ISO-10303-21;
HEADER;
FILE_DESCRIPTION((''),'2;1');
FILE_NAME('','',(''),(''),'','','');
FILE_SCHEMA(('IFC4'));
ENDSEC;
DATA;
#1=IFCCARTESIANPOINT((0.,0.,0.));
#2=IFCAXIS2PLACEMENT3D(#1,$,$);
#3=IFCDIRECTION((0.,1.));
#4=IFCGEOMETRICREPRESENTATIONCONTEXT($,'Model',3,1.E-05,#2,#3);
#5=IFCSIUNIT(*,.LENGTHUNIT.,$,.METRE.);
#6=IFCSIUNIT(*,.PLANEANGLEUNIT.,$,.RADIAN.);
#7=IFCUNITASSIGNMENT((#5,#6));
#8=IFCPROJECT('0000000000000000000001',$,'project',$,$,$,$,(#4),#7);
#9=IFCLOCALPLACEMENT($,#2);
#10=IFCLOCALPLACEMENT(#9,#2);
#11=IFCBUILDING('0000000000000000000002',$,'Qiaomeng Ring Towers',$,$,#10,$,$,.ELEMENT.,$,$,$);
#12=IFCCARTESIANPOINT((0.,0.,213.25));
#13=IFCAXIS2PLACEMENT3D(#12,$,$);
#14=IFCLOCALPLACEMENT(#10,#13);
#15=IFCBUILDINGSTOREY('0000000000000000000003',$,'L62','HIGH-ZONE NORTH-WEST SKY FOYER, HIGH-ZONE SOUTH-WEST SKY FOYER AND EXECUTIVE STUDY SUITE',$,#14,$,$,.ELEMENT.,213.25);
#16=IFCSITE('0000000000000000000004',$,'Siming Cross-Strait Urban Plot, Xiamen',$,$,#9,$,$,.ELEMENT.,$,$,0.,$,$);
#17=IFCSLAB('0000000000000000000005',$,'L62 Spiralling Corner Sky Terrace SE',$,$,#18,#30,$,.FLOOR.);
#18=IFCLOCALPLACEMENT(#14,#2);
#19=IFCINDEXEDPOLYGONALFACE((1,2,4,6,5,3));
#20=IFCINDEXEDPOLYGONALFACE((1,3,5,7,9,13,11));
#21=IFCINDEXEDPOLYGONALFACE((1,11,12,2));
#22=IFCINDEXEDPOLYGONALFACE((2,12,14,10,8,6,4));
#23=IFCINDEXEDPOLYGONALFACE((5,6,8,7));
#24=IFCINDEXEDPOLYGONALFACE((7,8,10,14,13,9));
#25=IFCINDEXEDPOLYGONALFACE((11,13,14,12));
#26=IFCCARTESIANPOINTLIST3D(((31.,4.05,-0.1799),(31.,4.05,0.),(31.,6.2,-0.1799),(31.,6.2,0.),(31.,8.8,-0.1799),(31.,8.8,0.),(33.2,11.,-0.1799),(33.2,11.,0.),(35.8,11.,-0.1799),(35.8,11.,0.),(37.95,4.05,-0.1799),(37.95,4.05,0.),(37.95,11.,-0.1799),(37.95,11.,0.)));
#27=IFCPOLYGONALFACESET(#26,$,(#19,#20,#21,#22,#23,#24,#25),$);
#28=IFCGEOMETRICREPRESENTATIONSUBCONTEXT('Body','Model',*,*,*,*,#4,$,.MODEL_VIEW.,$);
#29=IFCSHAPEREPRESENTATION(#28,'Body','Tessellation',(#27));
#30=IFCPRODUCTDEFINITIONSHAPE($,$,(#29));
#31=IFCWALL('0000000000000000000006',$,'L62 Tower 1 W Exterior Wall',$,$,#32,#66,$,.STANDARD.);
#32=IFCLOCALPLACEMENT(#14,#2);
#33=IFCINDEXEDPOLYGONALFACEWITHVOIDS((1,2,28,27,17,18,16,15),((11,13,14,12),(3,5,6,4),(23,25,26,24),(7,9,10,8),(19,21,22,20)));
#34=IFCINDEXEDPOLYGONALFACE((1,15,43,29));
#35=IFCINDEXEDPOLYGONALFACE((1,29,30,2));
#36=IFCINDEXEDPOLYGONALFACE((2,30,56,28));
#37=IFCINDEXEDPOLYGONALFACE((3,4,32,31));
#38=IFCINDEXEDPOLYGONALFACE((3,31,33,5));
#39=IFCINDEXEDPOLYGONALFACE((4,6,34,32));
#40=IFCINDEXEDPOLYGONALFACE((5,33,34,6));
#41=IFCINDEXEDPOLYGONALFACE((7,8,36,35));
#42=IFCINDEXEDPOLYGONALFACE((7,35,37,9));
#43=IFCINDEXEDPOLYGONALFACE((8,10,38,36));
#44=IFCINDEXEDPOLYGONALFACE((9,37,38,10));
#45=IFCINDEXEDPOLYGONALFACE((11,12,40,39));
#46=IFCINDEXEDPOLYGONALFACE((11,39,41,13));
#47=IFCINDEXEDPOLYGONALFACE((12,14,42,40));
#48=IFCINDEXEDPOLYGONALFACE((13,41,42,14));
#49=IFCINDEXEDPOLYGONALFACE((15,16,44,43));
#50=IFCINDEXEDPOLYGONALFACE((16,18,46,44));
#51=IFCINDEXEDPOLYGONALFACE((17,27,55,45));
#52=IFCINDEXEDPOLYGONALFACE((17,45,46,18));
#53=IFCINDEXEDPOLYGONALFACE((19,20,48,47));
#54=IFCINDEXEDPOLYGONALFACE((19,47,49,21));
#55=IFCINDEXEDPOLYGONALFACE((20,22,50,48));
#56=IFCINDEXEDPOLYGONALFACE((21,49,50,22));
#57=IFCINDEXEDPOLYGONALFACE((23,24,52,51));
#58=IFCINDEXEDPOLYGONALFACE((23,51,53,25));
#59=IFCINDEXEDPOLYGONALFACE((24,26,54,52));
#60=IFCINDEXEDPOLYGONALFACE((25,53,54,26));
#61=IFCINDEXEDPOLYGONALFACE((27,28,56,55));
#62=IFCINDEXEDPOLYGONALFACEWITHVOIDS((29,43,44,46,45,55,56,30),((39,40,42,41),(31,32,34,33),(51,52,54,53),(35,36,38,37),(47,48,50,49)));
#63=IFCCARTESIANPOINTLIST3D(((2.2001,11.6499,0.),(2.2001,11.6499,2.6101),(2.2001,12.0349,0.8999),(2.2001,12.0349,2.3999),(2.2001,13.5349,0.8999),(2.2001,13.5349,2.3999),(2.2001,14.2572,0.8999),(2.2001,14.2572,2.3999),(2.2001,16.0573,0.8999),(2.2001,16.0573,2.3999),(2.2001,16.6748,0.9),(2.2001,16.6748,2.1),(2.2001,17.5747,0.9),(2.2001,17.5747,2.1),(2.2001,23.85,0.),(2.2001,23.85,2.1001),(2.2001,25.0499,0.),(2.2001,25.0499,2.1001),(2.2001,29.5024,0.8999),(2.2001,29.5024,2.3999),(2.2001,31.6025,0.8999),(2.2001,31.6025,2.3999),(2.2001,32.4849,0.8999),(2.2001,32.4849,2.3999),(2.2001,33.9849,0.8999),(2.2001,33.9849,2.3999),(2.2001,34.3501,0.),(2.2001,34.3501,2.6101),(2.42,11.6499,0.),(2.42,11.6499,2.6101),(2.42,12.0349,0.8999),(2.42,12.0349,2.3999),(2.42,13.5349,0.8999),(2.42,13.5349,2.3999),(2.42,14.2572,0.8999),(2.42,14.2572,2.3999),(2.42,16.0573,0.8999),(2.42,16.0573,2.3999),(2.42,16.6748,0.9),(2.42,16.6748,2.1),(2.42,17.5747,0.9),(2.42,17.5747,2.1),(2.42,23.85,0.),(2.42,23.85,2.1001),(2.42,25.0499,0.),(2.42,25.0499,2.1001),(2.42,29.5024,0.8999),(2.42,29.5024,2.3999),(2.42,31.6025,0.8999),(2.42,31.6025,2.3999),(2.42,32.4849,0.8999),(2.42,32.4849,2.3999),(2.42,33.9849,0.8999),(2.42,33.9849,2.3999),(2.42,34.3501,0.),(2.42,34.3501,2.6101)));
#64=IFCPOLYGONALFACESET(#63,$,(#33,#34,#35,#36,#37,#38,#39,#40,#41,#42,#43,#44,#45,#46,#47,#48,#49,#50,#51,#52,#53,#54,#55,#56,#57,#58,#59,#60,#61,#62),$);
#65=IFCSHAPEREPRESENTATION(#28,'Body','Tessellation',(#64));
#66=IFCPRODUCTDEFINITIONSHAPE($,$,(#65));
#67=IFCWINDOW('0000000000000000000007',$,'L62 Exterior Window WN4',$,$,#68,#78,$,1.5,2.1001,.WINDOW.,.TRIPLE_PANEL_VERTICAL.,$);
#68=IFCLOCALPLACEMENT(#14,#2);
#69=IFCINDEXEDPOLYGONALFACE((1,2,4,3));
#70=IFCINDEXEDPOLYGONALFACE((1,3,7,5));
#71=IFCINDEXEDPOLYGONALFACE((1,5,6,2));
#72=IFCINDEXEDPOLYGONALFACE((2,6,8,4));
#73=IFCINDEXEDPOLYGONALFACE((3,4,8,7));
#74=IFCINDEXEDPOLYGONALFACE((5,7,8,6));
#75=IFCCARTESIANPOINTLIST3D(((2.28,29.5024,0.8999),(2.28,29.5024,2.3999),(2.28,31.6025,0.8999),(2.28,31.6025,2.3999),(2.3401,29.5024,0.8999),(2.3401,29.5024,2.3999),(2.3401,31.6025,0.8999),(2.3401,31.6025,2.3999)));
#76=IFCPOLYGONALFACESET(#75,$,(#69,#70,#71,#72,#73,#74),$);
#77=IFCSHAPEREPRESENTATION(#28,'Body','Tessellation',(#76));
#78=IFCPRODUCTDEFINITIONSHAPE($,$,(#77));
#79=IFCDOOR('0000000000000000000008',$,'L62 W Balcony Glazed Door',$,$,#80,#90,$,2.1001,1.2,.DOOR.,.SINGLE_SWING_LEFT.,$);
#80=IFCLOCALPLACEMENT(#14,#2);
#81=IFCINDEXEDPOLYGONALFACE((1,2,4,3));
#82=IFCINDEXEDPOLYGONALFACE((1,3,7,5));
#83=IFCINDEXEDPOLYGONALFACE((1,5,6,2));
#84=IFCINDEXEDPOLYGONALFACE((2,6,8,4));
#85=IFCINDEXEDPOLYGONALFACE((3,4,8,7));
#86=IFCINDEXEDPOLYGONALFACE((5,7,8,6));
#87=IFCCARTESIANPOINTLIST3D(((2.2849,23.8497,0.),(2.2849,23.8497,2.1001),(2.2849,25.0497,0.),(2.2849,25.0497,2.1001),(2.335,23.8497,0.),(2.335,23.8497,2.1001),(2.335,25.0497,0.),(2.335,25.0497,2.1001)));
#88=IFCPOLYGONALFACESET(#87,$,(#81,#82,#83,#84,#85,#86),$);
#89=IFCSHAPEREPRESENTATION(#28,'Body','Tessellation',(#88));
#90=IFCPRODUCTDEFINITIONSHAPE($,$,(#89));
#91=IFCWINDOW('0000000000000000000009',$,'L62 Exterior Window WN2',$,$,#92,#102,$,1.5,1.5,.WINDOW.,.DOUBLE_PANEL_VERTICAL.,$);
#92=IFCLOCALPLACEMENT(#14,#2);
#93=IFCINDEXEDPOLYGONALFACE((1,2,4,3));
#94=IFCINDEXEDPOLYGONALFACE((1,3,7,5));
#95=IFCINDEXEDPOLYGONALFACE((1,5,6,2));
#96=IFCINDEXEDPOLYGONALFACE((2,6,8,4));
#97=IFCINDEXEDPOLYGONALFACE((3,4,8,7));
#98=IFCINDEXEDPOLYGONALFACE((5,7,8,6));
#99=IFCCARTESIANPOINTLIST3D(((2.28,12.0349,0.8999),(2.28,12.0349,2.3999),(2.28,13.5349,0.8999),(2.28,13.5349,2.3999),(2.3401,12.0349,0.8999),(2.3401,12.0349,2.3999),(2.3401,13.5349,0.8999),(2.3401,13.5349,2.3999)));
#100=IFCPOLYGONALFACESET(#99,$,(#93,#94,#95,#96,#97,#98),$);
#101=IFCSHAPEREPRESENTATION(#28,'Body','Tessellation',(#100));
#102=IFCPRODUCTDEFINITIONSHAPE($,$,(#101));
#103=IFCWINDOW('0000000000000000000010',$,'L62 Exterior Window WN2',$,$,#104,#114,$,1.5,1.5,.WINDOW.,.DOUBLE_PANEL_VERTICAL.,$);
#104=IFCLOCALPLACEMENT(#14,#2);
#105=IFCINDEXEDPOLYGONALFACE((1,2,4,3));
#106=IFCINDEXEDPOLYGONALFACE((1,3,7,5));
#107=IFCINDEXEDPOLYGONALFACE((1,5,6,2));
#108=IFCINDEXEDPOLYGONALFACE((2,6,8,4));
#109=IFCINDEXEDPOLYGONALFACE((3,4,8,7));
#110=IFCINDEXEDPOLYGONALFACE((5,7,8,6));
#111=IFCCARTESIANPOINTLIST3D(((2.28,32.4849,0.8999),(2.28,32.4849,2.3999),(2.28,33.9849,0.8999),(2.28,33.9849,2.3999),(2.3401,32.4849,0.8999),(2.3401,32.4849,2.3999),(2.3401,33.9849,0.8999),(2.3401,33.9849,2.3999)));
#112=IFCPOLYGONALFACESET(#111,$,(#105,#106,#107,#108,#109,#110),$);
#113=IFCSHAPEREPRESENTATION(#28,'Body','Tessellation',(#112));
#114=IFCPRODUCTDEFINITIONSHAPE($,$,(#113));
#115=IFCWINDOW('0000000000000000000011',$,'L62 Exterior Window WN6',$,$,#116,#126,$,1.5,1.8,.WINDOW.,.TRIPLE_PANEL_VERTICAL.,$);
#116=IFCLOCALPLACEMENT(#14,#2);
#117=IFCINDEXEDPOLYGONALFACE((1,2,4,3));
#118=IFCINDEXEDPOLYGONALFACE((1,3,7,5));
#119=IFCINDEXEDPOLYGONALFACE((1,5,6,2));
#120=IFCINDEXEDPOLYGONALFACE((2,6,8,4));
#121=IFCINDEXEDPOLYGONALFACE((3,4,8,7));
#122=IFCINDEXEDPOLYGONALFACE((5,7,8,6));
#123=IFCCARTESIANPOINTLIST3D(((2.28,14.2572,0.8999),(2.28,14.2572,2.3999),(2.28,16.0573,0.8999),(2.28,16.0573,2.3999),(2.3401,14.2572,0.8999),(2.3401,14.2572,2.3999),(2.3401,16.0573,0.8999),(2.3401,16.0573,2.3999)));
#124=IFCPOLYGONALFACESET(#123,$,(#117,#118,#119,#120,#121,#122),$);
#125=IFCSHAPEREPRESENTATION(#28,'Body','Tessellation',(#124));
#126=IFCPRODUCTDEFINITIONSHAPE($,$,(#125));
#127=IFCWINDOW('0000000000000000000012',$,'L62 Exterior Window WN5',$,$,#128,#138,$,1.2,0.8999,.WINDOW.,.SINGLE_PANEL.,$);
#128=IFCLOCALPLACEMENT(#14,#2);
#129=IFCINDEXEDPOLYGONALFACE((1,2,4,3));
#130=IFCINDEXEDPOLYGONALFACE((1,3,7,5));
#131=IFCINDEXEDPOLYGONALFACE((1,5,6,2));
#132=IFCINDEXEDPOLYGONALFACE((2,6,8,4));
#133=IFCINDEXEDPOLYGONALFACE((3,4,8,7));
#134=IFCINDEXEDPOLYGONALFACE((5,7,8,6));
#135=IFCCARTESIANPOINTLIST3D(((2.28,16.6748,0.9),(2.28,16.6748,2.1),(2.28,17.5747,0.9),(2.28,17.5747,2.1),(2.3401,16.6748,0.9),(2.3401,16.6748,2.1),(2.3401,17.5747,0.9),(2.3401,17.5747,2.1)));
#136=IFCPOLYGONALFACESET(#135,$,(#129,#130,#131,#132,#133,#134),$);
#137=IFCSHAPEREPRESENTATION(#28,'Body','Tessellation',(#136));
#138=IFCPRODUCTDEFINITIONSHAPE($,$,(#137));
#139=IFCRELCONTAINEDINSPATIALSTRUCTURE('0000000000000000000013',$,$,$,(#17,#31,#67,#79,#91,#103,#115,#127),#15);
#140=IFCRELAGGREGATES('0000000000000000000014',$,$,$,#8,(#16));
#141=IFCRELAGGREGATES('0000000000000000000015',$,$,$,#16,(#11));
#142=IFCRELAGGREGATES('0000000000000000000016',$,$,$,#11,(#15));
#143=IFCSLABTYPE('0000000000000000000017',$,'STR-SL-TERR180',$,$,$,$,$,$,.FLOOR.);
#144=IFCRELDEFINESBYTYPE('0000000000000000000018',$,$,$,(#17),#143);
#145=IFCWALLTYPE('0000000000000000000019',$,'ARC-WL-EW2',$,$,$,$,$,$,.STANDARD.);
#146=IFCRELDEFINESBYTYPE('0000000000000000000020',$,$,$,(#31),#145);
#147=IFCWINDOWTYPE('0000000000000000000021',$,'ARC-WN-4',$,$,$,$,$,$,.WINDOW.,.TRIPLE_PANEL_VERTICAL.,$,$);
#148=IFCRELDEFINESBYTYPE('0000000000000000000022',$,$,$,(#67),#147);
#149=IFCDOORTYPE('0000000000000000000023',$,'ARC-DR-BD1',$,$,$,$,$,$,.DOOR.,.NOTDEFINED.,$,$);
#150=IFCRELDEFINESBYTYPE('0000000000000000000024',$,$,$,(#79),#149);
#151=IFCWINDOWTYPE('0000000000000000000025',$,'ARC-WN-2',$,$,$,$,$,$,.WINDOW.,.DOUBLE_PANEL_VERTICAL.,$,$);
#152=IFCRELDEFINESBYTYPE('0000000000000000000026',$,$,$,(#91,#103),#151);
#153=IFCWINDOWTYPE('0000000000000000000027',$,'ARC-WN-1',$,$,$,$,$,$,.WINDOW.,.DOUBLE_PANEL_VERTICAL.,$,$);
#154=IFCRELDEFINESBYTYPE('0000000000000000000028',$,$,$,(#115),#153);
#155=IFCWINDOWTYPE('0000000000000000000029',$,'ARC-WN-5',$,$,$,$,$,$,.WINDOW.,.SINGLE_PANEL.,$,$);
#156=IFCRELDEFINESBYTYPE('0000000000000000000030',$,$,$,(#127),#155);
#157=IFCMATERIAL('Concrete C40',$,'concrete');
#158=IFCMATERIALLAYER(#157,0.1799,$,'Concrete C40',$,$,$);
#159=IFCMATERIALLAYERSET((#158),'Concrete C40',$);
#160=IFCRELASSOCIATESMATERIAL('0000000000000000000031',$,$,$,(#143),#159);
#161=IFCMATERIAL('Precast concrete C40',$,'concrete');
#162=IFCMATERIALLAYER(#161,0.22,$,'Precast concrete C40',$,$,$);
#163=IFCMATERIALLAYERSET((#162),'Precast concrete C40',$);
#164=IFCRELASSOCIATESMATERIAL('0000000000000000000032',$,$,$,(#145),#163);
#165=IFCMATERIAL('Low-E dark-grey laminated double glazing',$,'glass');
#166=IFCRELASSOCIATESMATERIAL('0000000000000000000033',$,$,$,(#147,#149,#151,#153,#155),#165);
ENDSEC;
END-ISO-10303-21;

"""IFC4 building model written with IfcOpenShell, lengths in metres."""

from ifc_helpers import new_model, si_unit, direction, frame, frame_2d, origin, place, context, subcontext, project, spatial, polyline, rectangle, outline, extrude, source, transform, mapped, material, layer, layer_set, type_object, element, fill, save


model = new_model("IFC4")

# Units and contexts
model_context = context("Model", 3, precision=1e-05, world=origin(), true_north=direction((0.0, 1.0)))
body_context = subcontext(model_context, "Body", "Model", "MODEL_VIEW")
ifc_project = project(units=[si_unit("LENGTHUNIT", "METRE"), si_unit("PLANEANGLEUNIT", "RADIAN")], contexts=[model_context])

# Site, building, storey
site_placement = place(None, origin())
site = spatial("IfcSite", under=ifc_project, at=site_placement, Name="Siming Cross-Strait Urban Plot, Xiamen", CompositionType="ELEMENT", RefElevation=0.0)
building_placement = place(site_placement, origin())
building = spatial("IfcBuilding", under=site, at=building_placement, Name="Qiaomeng Ring Towers", CompositionType="ELEMENT")
storey_placement = place(building_placement, frame((0.0, 0.0, 213.25)))
storey = spatial("IfcBuildingStorey", under=building, at=storey_placement, Name="L62", Description="HIGH-ZONE NORTH-WEST SKY FOYER, HIGH-ZONE SOUTH-WEST SKY FOYER AND EXECUTIVE STUDY SUITE", CompositionType="ELEMENT", Elevation=213.25)

# Shared definitions
ifc_material_1 = material(Name="Concrete C40", Category="concrete")

# Shared definitions
ifc_material_2 = material(Name="Precast concrete C40", Category="concrete")

# Slab
ifc_layer_1 = layer(ifc_material_1, 0.1799, Name="Concrete C40")
ifc_layer_set_1 = layer_set([ifc_layer_1], Name="Concrete C40")
slab_type_1 = type_object("IfcSlabType", Name="STR-SL-TERR180", PredefinedType="FLOOR", material=ifc_layer_set_1)
slab_1_placement = place(storey_placement, frame((0.0, 0.0, -0.1799)))
element("IfcSlab", 1, at=slab_1_placement, inside=storey, type_object=slab_type_1, Name="L62 Spiralling Corner Sky Terrace SE", PredefinedType="FLOOR", context=body_context, shape_type="SweptSolid", body=[
    extrude(outline(polyline([(37.95, 11.0), (37.95, 4.05), (31.0, 4.05), (31.0, 6.2), (31.0, 6.2), (31.0, 8.8), (33.2, 11.0), (35.8, 11.0), (37.95, 11.0)])), origin(), (0.0, 0.0, 1.0), 0.1799),
])

# Wall, openings, windows, door
ifc_layer_2 = layer(ifc_material_2, 0.22, Name="Precast concrete C40")
ifc_layer_set_2 = layer_set([ifc_layer_2], Name="Precast concrete C40")
wall_type_1 = type_object("IfcWallType", Name="ARC-WL-EW2", PredefinedType="STANDARD", material=ifc_layer_set_2)
wall_1_placement = place(storey_placement, frame((2.3101, 11.6499, 0.0), z_axis=(0.0, 0.0, 1.0), x_axis=(0.0, 1.0, 0.0)))
wall_1 = element("IfcWall", 2, at=wall_1_placement, inside=storey, type_object=wall_type_1, Name="L62 Tower 1 W Exterior Wall", PredefinedType="STANDARD", context=body_context, shape_type="SweptSolid", body=[
    extrude(rectangle(XDim=22.7002, YDim=0.22, at=frame_2d((11.3501, 0.0))), origin(), (0.0, 0.0, 1.0), 2.6101),
])
opening_1_placement = place(wall_1_placement, frame((12.2, 0.0, 0.0)))
opening_1 = element("IfcOpeningElement", 3, at=opening_1_placement, cuts=wall_1, PredefinedType="OPENING", context=body_context, shape_type="SweptSolid", body=[
    extrude(rectangle(XDim=1.2, YDim=2.1001, at=frame_2d((0.6001, 1.05))), frame((0.0, 0.1199, 0.0), z_axis=(0.0, -1.0, 0.0), x_axis=(1.0, 0.0, 0.0)), (0.0, 0.0, 1.0), 0.24),
])
opening_2_placement = place(wall_1_placement, frame((2.6074, 0.0, 0.8999)))
opening_2 = element("IfcOpeningElement", 4, at=opening_2_placement, cuts=wall_1, PredefinedType="OPENING", context=body_context, shape_type="SweptSolid", body=[
    extrude(rectangle(XDim=1.8, YDim=1.5, at=frame_2d((0.8999, 0.75))), frame((0.0, 0.1199, 0.0), z_axis=(0.0, -1.0, 0.0), x_axis=(1.0, 0.0, 0.0)), (0.0, 0.0, 1.0), 0.24),
])
opening_3_placement = place(wall_1_placement, frame((17.8525, 0.0, 0.8999)))
opening_3 = element("IfcOpeningElement", 5, at=opening_3_placement, cuts=wall_1, PredefinedType="OPENING", context=body_context, shape_type="SweptSolid", body=[
    extrude(rectangle(XDim=2.1001, YDim=1.5, at=frame_2d((1.05, 0.75))), frame((0.0, 0.1199, 0.0), z_axis=(0.0, -1.0, 0.0), x_axis=(1.0, 0.0, 0.0)), (0.0, 0.0, 1.0), 0.24),
])
opening_4_placement = place(wall_1_placement, frame((0.385, 0.0, 0.8999)))
opening_4 = element("IfcOpeningElement", 6, at=opening_4_placement, cuts=wall_1, PredefinedType="OPENING", context=body_context, shape_type="SweptSolid", body=[
    extrude(rectangle(XDim=1.5, YDim=1.5, at=frame_2d((0.75, 0.75))), frame((0.0, 0.1199, 0.0), z_axis=(0.0, -1.0, 0.0), x_axis=(1.0, 0.0, 0.0)), (0.0, 0.0, 1.0), 0.24),
])
opening_5_placement = place(wall_1_placement, frame((20.835, 0.0, 0.8999)))
opening_5 = element("IfcOpeningElement", 7, at=opening_5_placement, cuts=wall_1, PredefinedType="OPENING", context=body_context, shape_type="SweptSolid", body=[
    extrude(rectangle(XDim=1.5, YDim=1.5, at=frame_2d((0.75, 0.75))), frame((0.0, 0.1199, 0.0), z_axis=(0.0, -1.0, 0.0), x_axis=(1.0, 0.0, 0.0)), (0.0, 0.0, 1.0), 0.24),
])
opening_6_placement = place(wall_1_placement, frame((5.0249, 0.0, 0.8999)))
opening_6 = element("IfcOpeningElement", 8, at=opening_6_placement, cuts=wall_1, PredefinedType="OPENING", context=body_context, shape_type="SweptSolid", body=[
    extrude(rectangle(XDim=0.8999, YDim=1.2, at=frame_2d((0.45, 0.6001))), frame((0.0, 0.1199, 0.0), z_axis=(0.0, -1.0, 0.0), x_axis=(1.0, 0.0, 0.0)), (0.0, 0.0, 1.0), 0.24),
])
ifc_material_3 = material(Name="Low-E dark-grey laminated double glazing", Category="glass")
window_type_1 = type_object("IfcWindowType", Name="ARC-WN-4", PartitioningType="TRIPLE_PANEL_VERTICAL", PredefinedType="WINDOW", material=ifc_material_3)
shared_shape_1 = source(origin(), body_context, "Body", "SweptSolid", [
    extrude(rectangle(XDim=2.1001, YDim=1.5, at=frame_2d((1.05, 0.75))), frame((0.0, 0.03, 0.0), z_axis=(0.0, -1.0, 0.0), x_axis=(1.0, 0.0, 0.0)), (0.0, 0.0, 1.0), 0.0601),
])
window_1_placement = place(opening_3_placement, origin())
window_1 = element("IfcWindow", 9, at=window_1_placement, inside=storey, type_object=window_type_1, Name="L62 Exterior Window WN4", OverallHeight=1.5, OverallWidth=2.1001, PartitioningType="TRIPLE_PANEL_VERTICAL", PredefinedType="WINDOW", context=body_context, shape_type="MappedRepresentation", body=[
    mapped(shared_shape_1, transform((0.0, 0.0, 0.0), x_axis=(1.0, 0.0, 0.0), y_axis=(0.0, 1.0, 0.0), z_axis=(0.0, 0.0, 1.0), scale=1.0)),
])
fill(opening_3, window_1)
door_type = type_object("IfcDoorType", Name="ARC-DR-BD1", OperationType="NOTDEFINED", PredefinedType="DOOR", material=ifc_material_3)
shared_shape_2 = source(origin(), body_context, "Body", "SweptSolid", [
    extrude(rectangle(XDim=1.2, YDim=2.1001, at=frame_2d((0.6001, 1.05))), frame((0.0, 0.0249, 0.0), z_axis=(0.0, -1.0, 0.0), x_axis=(1.0, 0.0, 0.0)), (0.0, 0.0, 1.0), 0.05),
])
door_placement = place(opening_1_placement, frame((1.2, 0.0, 0.0), z_axis=(0.0, 0.0, 1.0), x_axis=(-1.0, 0.0, 0.0)))
door = element("IfcDoor", 10, at=door_placement, inside=storey, type_object=door_type, Name="L62 W Balcony Glazed Door", OperationType="SINGLE_SWING_LEFT", OverallHeight=2.1001, OverallWidth=1.2, PredefinedType="DOOR", context=body_context, shape_type="MappedRepresentation", body=[
    mapped(shared_shape_2, transform((0.0, 0.0, 0.0), x_axis=(1.0, 0.0, 0.0), y_axis=(0.0, 1.0, 0.0), z_axis=(0.0, 0.0, 1.0), scale=1.0)),
])
fill(opening_1, door)
window_type_2 = type_object("IfcWindowType", Name="ARC-WN-2", PartitioningType="DOUBLE_PANEL_VERTICAL", PredefinedType="WINDOW", material=ifc_material_3)
shared_shape_3 = source(origin(), body_context, "Body", "SweptSolid", [
    extrude(rectangle(XDim=1.5, YDim=1.5, at=frame_2d((0.75, 0.75))), frame((0.0, 0.03, 0.0), z_axis=(0.0, -1.0, 0.0), x_axis=(1.0, 0.0, 0.0)), (0.0, 0.0, 1.0), 0.0601),
])
window_2_placement = place(opening_4_placement, origin())
window_2 = element("IfcWindow", 11, at=window_2_placement, inside=storey, type_object=window_type_2, Name="L62 Exterior Window WN2", OverallHeight=1.5, OverallWidth=1.5, PartitioningType="DOUBLE_PANEL_VERTICAL", PredefinedType="WINDOW", context=body_context, shape_type="MappedRepresentation", body=[
    mapped(shared_shape_3, transform((0.0, 0.0, 0.0), x_axis=(1.0, 0.0, 0.0), y_axis=(0.0, 1.0, 0.0), z_axis=(0.0, 0.0, 1.0), scale=1.0)),
])
fill(opening_4, window_2)
window_3_placement = place(opening_5_placement, origin())
window_3 = element("IfcWindow", 12, at=window_3_placement, inside=storey, type_object=window_type_2, Name="L62 Exterior Window WN2", OverallHeight=1.5, OverallWidth=1.5, PartitioningType="DOUBLE_PANEL_VERTICAL", PredefinedType="WINDOW", context=body_context, shape_type="MappedRepresentation", body=[
    mapped(shared_shape_3, transform((0.0, 0.0, 0.0), x_axis=(1.0, 0.0, 0.0), y_axis=(0.0, 1.0, 0.0), z_axis=(0.0, 0.0, 1.0), scale=1.0)),
])
fill(opening_5, window_3)
window_type_3 = type_object("IfcWindowType", Name="ARC-WN-1", PartitioningType="DOUBLE_PANEL_VERTICAL", PredefinedType="WINDOW", material=ifc_material_3)
shared_shape_4 = source(origin(), body_context, "Body", "SweptSolid", [
    extrude(rectangle(XDim=1.8, YDim=1.5, at=frame_2d((0.8999, 0.75))), frame((0.0, 0.03, 0.0), z_axis=(0.0, -1.0, 0.0), x_axis=(1.0, 0.0, 0.0)), (0.0, 0.0, 1.0), 0.0601),
])
window_4_placement = place(opening_2_placement, origin())
window_4 = element("IfcWindow", 13, at=window_4_placement, inside=storey, type_object=window_type_3, Name="L62 Exterior Window WN6", OverallHeight=1.5, OverallWidth=1.8, PartitioningType="TRIPLE_PANEL_VERTICAL", PredefinedType="WINDOW", context=body_context, shape_type="MappedRepresentation", body=[
    mapped(shared_shape_4, transform((0.0, 0.0, 0.0), x_axis=(1.0, 0.0, 0.0), y_axis=(0.0, 1.0, 0.0), z_axis=(0.0, 0.0, 1.0), scale=1.0)),
])
fill(opening_2, window_4)
window_type_4 = type_object("IfcWindowType", Name="ARC-WN-5", PartitioningType="SINGLE_PANEL", PredefinedType="WINDOW", material=ifc_material_3)
shared_shape_5 = source(origin(), body_context, "Body", "SweptSolid", [
    extrude(rectangle(XDim=0.8999, YDim=1.2, at=frame_2d((0.45, 0.6001))), frame((0.0, 0.03, 0.0), z_axis=(0.0, -1.0, 0.0), x_axis=(1.0, 0.0, 0.0)), (0.0, 0.0, 1.0), 0.0601),
])
window_5_placement = place(opening_6_placement, origin())
window_5 = element("IfcWindow", 14, at=window_5_placement, inside=storey, type_object=window_type_4, Name="L62 Exterior Window WN5", OverallHeight=1.2, OverallWidth=0.8999, PartitioningType="SINGLE_PANEL", PredefinedType="WINDOW", context=body_context, shape_type="MappedRepresentation", body=[
    mapped(shared_shape_5, transform((0.0, 0.0, 0.0), x_axis=(1.0, 0.0, 0.0), y_axis=(0.0, 1.0, 0.0), z_axis=(0.0, 0.0, 1.0), scale=1.0)),
])
fill(opening_6, window_5)

save(model, "model.ifc")
